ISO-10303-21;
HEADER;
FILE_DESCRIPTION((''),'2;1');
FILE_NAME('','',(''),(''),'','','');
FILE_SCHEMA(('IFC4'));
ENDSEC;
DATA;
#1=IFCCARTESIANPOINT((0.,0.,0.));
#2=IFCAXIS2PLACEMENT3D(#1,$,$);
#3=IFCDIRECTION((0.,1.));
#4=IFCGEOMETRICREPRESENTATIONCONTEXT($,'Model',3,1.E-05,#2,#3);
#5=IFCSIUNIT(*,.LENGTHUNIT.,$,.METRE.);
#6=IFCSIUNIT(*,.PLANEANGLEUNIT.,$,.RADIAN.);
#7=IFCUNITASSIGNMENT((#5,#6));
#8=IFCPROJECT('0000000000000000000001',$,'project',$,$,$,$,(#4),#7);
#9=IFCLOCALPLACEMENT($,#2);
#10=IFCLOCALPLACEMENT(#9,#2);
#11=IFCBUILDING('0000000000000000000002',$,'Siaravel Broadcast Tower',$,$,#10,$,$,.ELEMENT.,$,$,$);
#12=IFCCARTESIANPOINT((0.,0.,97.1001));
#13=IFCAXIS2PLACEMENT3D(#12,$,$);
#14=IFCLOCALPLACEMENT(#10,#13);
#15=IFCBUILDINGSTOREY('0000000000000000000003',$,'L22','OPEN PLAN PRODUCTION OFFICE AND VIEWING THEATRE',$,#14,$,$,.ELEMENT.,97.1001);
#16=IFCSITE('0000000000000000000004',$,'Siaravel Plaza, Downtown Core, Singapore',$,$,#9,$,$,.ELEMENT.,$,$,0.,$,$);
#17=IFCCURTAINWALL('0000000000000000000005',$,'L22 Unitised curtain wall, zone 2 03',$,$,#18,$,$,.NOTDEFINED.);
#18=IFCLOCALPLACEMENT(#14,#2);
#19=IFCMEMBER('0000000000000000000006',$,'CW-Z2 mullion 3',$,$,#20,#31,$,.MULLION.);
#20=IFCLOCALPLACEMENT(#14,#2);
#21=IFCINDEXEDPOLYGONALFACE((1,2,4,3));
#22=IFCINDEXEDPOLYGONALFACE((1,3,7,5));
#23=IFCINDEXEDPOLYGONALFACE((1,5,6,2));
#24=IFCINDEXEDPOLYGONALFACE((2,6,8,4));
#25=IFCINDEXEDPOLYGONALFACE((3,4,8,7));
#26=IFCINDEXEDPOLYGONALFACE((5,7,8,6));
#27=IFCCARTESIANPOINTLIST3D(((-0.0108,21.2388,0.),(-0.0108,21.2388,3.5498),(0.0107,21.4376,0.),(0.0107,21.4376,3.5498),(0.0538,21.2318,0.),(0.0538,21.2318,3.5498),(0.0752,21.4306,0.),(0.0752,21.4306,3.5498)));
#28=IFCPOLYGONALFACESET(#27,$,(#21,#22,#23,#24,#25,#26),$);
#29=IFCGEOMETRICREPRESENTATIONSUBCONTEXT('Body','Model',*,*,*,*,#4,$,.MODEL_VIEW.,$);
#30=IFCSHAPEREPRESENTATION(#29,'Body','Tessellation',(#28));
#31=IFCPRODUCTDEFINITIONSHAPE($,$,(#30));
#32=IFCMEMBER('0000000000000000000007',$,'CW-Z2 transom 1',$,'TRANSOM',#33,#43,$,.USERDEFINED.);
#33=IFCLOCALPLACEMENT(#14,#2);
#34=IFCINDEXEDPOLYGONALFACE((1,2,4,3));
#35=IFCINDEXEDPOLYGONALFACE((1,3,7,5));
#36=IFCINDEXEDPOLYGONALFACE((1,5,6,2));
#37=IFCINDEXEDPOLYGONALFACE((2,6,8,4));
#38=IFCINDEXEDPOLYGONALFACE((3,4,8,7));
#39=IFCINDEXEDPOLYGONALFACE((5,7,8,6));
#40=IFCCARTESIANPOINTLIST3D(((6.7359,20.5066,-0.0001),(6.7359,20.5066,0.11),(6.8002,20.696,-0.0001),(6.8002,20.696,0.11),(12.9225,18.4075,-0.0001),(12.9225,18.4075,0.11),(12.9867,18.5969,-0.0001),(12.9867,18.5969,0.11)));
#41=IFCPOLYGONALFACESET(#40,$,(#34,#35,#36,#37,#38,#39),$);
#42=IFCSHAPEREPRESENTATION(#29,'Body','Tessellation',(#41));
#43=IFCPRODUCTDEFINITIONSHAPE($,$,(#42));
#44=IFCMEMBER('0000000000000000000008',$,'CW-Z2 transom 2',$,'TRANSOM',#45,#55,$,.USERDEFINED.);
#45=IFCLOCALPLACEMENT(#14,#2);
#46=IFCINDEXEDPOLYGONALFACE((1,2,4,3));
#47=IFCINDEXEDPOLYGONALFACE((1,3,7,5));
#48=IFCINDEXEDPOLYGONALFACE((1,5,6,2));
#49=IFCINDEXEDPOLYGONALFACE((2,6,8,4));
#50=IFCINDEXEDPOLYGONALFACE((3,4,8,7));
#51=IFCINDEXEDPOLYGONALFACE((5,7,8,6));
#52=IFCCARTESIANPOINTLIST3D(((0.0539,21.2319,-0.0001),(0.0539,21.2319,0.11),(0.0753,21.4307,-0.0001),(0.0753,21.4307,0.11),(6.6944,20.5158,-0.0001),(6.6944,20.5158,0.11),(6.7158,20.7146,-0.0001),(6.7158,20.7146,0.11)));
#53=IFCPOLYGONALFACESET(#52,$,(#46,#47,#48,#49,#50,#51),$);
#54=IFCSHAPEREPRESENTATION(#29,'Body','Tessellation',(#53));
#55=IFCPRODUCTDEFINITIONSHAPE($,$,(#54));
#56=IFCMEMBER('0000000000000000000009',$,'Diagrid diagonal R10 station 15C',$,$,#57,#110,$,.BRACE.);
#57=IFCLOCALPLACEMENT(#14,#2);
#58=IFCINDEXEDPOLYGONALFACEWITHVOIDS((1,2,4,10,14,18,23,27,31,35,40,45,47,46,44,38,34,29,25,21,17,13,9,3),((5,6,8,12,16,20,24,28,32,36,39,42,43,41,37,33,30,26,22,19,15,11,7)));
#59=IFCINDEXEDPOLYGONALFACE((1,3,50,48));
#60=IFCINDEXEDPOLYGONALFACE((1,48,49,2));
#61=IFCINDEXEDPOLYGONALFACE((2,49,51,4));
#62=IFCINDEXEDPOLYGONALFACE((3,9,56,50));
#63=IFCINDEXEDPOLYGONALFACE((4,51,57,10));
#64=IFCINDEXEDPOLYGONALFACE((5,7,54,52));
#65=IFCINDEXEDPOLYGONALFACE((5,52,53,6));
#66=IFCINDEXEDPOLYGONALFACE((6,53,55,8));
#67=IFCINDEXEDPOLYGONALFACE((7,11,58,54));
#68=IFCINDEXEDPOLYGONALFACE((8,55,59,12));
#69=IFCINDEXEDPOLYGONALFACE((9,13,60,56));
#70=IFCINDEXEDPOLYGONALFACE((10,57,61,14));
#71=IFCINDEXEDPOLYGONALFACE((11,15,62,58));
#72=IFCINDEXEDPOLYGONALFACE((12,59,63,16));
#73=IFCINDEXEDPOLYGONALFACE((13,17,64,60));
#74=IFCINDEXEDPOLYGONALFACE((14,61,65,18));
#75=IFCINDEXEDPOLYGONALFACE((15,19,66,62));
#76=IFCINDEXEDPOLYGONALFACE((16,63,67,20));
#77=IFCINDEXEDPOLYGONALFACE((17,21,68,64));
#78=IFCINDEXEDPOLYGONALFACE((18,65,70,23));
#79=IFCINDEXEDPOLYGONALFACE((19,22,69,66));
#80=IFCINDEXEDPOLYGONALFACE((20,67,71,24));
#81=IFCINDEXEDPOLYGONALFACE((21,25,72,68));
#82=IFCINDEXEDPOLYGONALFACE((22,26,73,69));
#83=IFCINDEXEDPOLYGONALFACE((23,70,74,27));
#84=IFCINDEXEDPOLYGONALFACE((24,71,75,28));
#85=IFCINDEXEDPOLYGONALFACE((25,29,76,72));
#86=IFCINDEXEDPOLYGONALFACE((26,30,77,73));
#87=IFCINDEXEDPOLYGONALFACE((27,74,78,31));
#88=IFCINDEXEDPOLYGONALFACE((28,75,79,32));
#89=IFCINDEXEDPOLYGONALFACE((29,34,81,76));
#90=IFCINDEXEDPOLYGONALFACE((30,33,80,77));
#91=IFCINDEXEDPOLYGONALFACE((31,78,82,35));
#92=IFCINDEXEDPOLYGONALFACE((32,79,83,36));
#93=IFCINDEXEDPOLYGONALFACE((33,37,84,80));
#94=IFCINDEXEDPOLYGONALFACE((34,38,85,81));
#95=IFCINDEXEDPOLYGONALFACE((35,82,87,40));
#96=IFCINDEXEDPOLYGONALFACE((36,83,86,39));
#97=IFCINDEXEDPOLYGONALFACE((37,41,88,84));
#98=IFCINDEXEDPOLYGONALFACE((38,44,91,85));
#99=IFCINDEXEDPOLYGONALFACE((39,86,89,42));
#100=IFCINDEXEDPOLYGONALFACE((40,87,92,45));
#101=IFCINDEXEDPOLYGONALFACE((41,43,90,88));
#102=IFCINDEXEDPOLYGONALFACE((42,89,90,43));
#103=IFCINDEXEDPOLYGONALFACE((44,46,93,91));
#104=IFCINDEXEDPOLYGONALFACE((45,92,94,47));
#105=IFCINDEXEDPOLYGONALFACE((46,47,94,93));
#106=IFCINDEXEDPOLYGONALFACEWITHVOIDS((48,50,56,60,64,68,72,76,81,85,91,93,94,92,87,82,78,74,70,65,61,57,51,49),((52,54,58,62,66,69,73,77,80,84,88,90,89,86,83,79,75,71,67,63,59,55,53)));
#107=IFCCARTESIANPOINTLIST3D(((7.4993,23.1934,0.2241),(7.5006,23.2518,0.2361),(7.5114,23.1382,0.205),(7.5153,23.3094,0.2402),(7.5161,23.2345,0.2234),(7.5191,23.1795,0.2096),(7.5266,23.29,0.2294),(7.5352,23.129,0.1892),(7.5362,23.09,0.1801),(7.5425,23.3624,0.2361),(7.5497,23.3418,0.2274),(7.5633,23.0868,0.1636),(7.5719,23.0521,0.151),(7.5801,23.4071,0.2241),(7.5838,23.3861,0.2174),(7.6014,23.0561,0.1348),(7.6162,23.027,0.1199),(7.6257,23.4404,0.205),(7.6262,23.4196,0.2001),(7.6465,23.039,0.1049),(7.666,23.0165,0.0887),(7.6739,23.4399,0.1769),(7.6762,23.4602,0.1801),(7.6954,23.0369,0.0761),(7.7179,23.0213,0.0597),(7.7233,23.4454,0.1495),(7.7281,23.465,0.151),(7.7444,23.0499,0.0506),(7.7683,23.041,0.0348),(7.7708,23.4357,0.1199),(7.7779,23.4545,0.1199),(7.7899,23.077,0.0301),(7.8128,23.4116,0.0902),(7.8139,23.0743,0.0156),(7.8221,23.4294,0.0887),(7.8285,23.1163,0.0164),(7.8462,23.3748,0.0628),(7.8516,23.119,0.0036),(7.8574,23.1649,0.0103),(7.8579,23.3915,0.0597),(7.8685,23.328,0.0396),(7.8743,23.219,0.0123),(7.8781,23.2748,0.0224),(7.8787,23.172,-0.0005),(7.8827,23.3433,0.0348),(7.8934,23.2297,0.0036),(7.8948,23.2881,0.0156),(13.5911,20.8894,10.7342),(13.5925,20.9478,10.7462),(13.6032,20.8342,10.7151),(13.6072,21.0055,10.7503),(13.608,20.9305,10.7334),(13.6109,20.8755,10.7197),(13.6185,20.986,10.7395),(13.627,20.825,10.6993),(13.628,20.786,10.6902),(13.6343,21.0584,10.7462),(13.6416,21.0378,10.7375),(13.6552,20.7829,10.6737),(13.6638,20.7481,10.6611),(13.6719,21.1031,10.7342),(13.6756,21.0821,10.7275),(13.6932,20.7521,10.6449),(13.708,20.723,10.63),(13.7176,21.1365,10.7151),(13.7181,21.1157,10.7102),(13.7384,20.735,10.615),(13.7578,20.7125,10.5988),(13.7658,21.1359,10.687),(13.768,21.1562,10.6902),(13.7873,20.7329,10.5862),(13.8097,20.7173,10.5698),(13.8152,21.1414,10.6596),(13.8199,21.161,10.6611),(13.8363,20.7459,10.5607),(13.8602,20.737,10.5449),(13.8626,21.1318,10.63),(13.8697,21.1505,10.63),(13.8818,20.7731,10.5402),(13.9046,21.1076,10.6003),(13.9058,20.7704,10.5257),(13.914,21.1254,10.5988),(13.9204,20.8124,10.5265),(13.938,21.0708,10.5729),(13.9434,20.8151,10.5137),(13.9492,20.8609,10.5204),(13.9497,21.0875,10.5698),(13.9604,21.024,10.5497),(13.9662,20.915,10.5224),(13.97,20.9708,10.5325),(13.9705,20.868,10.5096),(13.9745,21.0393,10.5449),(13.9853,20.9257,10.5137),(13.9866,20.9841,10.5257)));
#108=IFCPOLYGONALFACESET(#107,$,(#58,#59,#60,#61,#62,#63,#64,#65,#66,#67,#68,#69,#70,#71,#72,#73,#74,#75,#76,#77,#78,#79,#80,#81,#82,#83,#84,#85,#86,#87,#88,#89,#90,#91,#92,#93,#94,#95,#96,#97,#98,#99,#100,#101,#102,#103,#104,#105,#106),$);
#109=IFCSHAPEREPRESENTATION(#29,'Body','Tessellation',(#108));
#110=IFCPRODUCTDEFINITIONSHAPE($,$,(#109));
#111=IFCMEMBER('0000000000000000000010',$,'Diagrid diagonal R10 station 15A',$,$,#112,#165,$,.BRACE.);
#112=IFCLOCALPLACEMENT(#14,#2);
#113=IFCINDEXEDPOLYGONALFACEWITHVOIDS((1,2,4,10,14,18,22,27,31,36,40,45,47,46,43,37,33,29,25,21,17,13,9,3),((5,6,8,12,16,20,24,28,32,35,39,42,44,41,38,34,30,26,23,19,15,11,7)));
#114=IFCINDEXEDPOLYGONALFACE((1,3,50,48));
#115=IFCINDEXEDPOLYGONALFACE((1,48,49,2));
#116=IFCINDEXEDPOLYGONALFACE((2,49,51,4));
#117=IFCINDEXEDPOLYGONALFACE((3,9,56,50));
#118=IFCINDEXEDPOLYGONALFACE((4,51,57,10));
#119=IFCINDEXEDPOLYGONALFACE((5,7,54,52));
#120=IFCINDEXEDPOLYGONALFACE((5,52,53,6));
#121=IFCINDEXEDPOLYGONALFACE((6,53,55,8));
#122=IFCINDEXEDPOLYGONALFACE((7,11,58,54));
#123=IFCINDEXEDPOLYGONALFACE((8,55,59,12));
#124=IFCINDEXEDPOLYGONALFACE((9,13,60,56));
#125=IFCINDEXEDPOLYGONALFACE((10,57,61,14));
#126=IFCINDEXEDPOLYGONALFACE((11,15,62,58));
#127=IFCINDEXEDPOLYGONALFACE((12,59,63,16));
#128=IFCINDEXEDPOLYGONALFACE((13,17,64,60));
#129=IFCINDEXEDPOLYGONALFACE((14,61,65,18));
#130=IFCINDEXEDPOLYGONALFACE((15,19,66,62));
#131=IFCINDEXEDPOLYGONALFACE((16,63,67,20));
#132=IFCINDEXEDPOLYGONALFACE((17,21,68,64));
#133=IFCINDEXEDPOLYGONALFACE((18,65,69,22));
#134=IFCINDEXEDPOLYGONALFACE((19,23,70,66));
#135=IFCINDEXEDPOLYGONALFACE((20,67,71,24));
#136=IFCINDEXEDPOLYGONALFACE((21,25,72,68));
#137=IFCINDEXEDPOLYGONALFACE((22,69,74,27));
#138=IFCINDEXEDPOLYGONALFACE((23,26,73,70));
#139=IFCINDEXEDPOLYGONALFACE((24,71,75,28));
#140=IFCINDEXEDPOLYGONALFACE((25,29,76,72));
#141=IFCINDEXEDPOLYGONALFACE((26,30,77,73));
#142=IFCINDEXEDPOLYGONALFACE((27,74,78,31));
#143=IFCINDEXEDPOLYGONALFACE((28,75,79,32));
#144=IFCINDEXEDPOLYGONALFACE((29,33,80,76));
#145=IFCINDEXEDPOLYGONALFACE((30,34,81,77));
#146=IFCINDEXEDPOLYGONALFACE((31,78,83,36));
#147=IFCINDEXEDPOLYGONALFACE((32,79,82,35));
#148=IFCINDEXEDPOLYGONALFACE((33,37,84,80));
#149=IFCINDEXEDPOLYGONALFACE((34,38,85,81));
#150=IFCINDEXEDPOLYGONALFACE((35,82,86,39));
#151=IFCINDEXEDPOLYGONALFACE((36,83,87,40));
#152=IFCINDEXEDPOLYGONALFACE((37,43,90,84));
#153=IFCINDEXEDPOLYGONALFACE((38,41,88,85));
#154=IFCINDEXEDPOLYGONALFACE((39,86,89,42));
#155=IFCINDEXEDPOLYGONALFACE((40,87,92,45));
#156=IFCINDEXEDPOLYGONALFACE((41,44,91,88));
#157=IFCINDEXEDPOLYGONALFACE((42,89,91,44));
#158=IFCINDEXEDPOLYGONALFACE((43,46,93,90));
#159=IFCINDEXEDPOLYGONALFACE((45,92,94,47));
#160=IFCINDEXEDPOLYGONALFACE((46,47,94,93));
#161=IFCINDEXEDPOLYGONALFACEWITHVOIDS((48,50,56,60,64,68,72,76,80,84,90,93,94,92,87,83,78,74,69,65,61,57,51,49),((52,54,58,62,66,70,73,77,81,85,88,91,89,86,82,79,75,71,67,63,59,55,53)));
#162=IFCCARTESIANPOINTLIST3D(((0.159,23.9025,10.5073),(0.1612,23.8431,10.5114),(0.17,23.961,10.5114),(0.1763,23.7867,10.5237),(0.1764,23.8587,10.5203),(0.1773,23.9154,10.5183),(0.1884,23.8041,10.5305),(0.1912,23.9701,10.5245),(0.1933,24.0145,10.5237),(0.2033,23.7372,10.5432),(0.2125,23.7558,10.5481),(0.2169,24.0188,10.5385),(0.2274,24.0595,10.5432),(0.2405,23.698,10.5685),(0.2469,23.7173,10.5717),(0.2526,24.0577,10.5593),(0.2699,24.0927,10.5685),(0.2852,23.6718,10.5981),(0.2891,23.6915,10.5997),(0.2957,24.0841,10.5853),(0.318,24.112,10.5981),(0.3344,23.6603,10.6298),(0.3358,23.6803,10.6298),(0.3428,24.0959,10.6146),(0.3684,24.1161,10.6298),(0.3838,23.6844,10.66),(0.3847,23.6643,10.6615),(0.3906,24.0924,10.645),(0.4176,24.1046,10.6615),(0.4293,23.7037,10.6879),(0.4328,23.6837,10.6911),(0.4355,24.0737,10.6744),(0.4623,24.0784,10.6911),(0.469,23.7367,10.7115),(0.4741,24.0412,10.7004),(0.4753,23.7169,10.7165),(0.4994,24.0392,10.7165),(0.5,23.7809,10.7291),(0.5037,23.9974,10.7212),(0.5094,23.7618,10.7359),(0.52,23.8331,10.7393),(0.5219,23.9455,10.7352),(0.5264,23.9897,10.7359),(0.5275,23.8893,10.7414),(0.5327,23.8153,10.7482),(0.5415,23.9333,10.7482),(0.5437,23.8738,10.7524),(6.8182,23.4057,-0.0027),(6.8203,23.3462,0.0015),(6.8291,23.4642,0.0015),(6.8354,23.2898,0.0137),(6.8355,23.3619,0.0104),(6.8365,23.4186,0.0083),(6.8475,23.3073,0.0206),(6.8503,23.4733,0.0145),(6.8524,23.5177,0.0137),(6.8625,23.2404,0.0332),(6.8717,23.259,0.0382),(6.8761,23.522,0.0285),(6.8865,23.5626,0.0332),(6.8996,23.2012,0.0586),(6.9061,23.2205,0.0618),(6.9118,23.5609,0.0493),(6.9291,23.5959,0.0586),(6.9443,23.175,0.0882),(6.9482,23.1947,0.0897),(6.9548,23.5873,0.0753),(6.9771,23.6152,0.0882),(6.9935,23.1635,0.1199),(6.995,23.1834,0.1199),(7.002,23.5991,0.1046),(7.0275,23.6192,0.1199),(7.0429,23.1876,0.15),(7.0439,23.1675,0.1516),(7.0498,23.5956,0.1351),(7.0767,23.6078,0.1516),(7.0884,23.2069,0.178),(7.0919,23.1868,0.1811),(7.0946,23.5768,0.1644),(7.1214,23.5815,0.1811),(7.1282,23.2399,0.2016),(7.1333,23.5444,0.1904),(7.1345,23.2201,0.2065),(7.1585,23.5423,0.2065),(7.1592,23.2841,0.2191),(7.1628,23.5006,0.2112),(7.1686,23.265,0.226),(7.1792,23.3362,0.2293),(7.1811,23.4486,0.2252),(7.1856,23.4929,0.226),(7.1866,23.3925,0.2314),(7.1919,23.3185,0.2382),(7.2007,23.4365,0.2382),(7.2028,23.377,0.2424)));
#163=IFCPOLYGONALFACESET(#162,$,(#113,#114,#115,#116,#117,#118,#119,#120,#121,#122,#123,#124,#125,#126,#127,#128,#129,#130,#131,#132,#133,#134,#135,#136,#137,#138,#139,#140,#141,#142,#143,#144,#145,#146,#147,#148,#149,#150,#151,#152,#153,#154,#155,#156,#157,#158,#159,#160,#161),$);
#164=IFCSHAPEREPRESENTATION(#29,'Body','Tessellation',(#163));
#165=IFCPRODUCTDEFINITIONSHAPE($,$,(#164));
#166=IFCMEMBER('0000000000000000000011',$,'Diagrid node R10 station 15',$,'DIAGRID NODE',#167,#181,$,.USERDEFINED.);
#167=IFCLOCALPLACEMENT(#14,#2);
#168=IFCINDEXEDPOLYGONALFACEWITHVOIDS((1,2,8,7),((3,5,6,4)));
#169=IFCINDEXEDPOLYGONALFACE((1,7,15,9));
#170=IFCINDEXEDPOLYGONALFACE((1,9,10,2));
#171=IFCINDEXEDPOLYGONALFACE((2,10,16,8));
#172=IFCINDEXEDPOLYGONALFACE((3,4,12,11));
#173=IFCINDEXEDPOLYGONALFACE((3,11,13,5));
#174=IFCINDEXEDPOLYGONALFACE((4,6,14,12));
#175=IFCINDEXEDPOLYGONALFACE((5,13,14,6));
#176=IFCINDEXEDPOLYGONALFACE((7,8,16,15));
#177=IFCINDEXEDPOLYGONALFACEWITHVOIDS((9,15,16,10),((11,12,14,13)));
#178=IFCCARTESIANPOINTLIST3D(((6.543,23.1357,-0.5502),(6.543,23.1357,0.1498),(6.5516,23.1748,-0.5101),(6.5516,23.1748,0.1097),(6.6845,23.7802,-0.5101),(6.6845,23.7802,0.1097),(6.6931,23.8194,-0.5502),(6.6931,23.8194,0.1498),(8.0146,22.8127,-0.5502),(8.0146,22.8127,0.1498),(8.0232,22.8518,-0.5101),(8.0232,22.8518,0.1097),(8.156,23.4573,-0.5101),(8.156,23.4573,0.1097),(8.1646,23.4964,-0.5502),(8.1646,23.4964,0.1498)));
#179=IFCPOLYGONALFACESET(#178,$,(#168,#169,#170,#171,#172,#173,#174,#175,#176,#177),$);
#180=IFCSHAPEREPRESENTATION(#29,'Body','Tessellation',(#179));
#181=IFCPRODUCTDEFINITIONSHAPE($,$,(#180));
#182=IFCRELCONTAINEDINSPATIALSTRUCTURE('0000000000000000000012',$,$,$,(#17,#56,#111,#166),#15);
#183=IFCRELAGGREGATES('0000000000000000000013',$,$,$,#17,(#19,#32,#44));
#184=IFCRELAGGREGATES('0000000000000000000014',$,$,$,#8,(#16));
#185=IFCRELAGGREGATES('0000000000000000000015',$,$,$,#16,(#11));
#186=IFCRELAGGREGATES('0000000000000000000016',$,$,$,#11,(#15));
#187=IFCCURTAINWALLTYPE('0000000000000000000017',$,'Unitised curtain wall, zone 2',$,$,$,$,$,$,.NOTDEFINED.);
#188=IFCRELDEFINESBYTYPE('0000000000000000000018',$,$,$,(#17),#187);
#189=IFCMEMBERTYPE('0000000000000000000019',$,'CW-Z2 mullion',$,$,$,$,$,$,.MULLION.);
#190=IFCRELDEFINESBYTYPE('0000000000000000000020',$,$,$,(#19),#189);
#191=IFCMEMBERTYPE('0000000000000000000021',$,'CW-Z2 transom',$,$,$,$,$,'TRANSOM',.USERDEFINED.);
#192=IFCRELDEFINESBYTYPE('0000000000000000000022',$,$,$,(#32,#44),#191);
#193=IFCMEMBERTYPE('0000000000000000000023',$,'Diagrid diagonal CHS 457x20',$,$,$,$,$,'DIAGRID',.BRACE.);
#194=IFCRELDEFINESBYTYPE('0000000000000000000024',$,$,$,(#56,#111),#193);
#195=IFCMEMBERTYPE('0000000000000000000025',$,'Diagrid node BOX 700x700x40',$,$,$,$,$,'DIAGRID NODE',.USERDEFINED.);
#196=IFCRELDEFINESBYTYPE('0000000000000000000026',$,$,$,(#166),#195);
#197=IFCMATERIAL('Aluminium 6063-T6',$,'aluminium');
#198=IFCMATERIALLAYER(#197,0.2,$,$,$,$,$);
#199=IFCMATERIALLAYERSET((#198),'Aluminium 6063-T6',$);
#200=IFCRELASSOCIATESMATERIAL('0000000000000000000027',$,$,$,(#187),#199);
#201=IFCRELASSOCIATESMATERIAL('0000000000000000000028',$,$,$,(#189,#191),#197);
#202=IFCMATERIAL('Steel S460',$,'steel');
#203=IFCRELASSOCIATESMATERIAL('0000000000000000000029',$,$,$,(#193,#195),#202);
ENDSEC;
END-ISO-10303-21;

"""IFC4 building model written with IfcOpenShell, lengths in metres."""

from ifc_helpers import new_model, si_unit, direction, frame, origin, origin_2d, place, context, subcontext, project, spatial, rectangle, hollow_rectangle, hollow_circle, extrude, material, layer, layer_set, material_profile, profile_set, type_object, element, aggregate, save


model = new_model("IFC4")

# Units and contexts
model_context = context("Model", 3, precision=1e-05, world=origin(), true_north=direction((0.0, 1.0)))
body_context = subcontext(model_context, "Body", "Model", "MODEL_VIEW")
ifc_project = project(units=[si_unit("LENGTHUNIT", "METRE"), si_unit("PLANEANGLEUNIT", "RADIAN")], contexts=[model_context])

# Site, building, storey
site_placement = place(None, origin())
site = spatial("IfcSite", under=ifc_project, at=site_placement, Name="Siaravel Plaza, Downtown Core, Singapore", CompositionType="ELEMENT", RefElevation=0.0)
building_placement = place(site_placement, origin())
building = spatial("IfcBuilding", under=site, at=building_placement, Name="Siaravel Broadcast Tower", CompositionType="ELEMENT")
storey_placement = place(building_placement, frame((0.0, 0.0, 97.1001)))
storey = spatial("IfcBuildingStorey", under=building, at=storey_placement, Name="L22", Description="OPEN PLAN PRODUCTION OFFICE AND VIEWING THEATRE", CompositionType="ELEMENT", Elevation=97.1001)

# Curtain wall, members
ifc_material_1 = material(Name="Aluminium 6063-T6", Category="aluminium")
ifc_layer_1 = layer(ifc_material_1, 0.2)
ifc_layer_set_1 = layer_set([ifc_layer_1], Name="Aluminium 6063-T6")
curtain_wall_type = type_object("IfcCurtainWallType", Name="Unitised curtain wall, zone 2", PredefinedType="NOTDEFINED", material=ifc_layer_set_1)
curtain_wall_placement = place(storey_placement, origin())
curtain_wall = element("IfcCurtainWall", 1, at=curtain_wall_placement, inside=storey, type_object=curtain_wall_type, Name="L22 Unitised curtain wall, zone 2 03", PredefinedType="NOTDEFINED")
ifc_material_profile_1 = material_profile(ifc_material_1, rectangle(XDim=0.2, YDim=0.0649, at=origin_2d()))
ifc_profile_set_1 = profile_set([ifc_material_profile_1], Name="Aluminium 6063-T6")
member_type_1 = type_object("IfcMemberType", Name="CW-Z2 mullion", PredefinedType="MULLION", material=ifc_profile_set_1)
member_1_placement = place(storey_placement, frame((0.0322, 21.3347, 0.0), z_axis=(0.0, 0.0, 1.0), x_axis=(-0.107217, -0.994236, 0.0)))
member_1 = element("IfcMember", 2, at=member_1_placement, type_object=member_type_1, Name="CW-Z2 mullion 3", PredefinedType="MULLION", context=body_context, shape_type="SweptSolid", body=[
    extrude(rectangle(XDim=0.2, YDim=0.0649, at=origin_2d()), origin(), (0.0, 0.0, 1.0), 3.5498),
])
ifc_material_profile_2 = material_profile(ifc_material_1, rectangle(XDim=0.2, YDim=0.1101, at=origin_2d()))
ifc_profile_set_2 = profile_set([ifc_material_profile_2], Name="Aluminium 6063-T6")
member_type_2 = type_object("IfcMemberType", Name="CW-Z2 transom", ElementType="TRANSOM", PredefinedType="USERDEFINED", material=ifc_profile_set_2)
member_2_placement = place(storey_placement, frame((12.9546, 18.5022, 0.0549), z_axis=(-0.946973, 0.321313, 0.0), x_axis=(-0.321313, -0.946973, 0.0)))
member_2 = element("IfcMember", 3, at=member_2_placement, type_object=member_type_2, Name="CW-Z2 transom 1", ObjectType="TRANSOM", PredefinedType="USERDEFINED", context=body_context, shape_type="SweptSolid", body=[
    extrude(rectangle(XDim=0.2, YDim=0.1101, at=origin_2d()), origin(), (0.0, 0.0, 1.0), 6.533),
])
member_3_placement = place(storey_placement, frame((6.7051, 20.6152, 0.0549), z_axis=(-0.994236, 0.107213, 0.0), x_axis=(-0.107213, -0.994236, 0.0)))
member_3 = element("IfcMember", 4, at=member_3_placement, type_object=member_type_2, Name="CW-Z2 transom 2", ObjectType="TRANSOM", PredefinedType="USERDEFINED", context=body_context, shape_type="SweptSolid", body=[
    extrude(rectangle(XDim=0.2, YDim=0.1101, at=origin_2d()), origin(), (0.0, 0.0, 1.0), 6.679),
])

# Members
ifc_material_2 = material(Name="Steel S460", Category="steel")
ifc_material_profile_3 = material_profile(ifc_material_2, hollow_circle(Radius=0.2285, WallThickness=0.02, at=origin_2d()))
ifc_profile_set_3 = profile_set([ifc_material_profile_3], Name="Steel S460")
member_type_3 = type_object("IfcMemberType", Name="Diagrid diagonal CHS 457x20", ElementType="DIAGRID", PredefinedType="BRACE", material=ifc_profile_set_3)
member_4_placement = place(storey_placement, frame((7.697, 23.2407, 0.1199), z_axis=(0.492688, -0.186338, 0.850021), x_axis=(0.353751, 0.93534, 0.0)))
element("IfcMember", 5, at=member_4_placement, inside=storey, type_object=member_type_3, Name="Diagrid diagonal R10 station 15C", PredefinedType="BRACE", context=body_context, shape_type="SweptSolid", body=[
    extrude(hollow_circle(Radius=0.2285, WallThickness=0.02, at=origin_2d()), origin(), (0.0, 0.0, 1.0), 12.3645),
])
member_5_placement = place(storey_placement, frame((7.0105, 23.3914, 0.1199), z_axis=(-0.534789, 0.039899, 0.844043), x_axis=(-0.074401, -0.997228, 0.0)))
element("IfcMember", 6, at=member_5_placement, inside=storey, type_object=member_type_3, Name="Diagrid diagonal R10 station 15A", PredefinedType="BRACE", context=body_context, shape_type="SweptSolid", body=[
    extrude(hollow_circle(Radius=0.2285, WallThickness=0.02, at=origin_2d()), origin(), (0.0, 0.0, 1.0), 12.4519),
])
ifc_material_profile_4 = material_profile(ifc_material_2, hollow_rectangle(XDim=0.7, YDim=0.7, WallThickness=0.04, at=origin_2d()))
ifc_profile_set_4 = profile_set([ifc_material_profile_4], Name="Steel S460")
member_type_4 = type_object("IfcMemberType", Name="Diagrid node BOX 700x700x40", ElementType="DIAGRID NODE", PredefinedType="USERDEFINED", material=ifc_profile_set_4)
member_6_placement = place(storey_placement, frame((8.0896, 23.1545, -0.2002), z_axis=(-0.976752, 0.214373, 0.0), x_axis=(-0.214373, -0.976752, 0.0)))
element("IfcMember", 7, at=member_6_placement, inside=storey, type_object=member_type_4, Name="Diagrid node R10 station 15", ObjectType="DIAGRID NODE", PredefinedType="USERDEFINED", context=body_context, shape_type="SweptSolid", body=[
    extrude(hollow_rectangle(XDim=0.7, YDim=0.7, WallThickness=0.04, at=origin_2d()), origin(), (0.0, 0.0, 1.0), 1.5066),
])

aggregate(curtain_wall, [member_1, member_2, member_3])

save(model, "model.ifc")
